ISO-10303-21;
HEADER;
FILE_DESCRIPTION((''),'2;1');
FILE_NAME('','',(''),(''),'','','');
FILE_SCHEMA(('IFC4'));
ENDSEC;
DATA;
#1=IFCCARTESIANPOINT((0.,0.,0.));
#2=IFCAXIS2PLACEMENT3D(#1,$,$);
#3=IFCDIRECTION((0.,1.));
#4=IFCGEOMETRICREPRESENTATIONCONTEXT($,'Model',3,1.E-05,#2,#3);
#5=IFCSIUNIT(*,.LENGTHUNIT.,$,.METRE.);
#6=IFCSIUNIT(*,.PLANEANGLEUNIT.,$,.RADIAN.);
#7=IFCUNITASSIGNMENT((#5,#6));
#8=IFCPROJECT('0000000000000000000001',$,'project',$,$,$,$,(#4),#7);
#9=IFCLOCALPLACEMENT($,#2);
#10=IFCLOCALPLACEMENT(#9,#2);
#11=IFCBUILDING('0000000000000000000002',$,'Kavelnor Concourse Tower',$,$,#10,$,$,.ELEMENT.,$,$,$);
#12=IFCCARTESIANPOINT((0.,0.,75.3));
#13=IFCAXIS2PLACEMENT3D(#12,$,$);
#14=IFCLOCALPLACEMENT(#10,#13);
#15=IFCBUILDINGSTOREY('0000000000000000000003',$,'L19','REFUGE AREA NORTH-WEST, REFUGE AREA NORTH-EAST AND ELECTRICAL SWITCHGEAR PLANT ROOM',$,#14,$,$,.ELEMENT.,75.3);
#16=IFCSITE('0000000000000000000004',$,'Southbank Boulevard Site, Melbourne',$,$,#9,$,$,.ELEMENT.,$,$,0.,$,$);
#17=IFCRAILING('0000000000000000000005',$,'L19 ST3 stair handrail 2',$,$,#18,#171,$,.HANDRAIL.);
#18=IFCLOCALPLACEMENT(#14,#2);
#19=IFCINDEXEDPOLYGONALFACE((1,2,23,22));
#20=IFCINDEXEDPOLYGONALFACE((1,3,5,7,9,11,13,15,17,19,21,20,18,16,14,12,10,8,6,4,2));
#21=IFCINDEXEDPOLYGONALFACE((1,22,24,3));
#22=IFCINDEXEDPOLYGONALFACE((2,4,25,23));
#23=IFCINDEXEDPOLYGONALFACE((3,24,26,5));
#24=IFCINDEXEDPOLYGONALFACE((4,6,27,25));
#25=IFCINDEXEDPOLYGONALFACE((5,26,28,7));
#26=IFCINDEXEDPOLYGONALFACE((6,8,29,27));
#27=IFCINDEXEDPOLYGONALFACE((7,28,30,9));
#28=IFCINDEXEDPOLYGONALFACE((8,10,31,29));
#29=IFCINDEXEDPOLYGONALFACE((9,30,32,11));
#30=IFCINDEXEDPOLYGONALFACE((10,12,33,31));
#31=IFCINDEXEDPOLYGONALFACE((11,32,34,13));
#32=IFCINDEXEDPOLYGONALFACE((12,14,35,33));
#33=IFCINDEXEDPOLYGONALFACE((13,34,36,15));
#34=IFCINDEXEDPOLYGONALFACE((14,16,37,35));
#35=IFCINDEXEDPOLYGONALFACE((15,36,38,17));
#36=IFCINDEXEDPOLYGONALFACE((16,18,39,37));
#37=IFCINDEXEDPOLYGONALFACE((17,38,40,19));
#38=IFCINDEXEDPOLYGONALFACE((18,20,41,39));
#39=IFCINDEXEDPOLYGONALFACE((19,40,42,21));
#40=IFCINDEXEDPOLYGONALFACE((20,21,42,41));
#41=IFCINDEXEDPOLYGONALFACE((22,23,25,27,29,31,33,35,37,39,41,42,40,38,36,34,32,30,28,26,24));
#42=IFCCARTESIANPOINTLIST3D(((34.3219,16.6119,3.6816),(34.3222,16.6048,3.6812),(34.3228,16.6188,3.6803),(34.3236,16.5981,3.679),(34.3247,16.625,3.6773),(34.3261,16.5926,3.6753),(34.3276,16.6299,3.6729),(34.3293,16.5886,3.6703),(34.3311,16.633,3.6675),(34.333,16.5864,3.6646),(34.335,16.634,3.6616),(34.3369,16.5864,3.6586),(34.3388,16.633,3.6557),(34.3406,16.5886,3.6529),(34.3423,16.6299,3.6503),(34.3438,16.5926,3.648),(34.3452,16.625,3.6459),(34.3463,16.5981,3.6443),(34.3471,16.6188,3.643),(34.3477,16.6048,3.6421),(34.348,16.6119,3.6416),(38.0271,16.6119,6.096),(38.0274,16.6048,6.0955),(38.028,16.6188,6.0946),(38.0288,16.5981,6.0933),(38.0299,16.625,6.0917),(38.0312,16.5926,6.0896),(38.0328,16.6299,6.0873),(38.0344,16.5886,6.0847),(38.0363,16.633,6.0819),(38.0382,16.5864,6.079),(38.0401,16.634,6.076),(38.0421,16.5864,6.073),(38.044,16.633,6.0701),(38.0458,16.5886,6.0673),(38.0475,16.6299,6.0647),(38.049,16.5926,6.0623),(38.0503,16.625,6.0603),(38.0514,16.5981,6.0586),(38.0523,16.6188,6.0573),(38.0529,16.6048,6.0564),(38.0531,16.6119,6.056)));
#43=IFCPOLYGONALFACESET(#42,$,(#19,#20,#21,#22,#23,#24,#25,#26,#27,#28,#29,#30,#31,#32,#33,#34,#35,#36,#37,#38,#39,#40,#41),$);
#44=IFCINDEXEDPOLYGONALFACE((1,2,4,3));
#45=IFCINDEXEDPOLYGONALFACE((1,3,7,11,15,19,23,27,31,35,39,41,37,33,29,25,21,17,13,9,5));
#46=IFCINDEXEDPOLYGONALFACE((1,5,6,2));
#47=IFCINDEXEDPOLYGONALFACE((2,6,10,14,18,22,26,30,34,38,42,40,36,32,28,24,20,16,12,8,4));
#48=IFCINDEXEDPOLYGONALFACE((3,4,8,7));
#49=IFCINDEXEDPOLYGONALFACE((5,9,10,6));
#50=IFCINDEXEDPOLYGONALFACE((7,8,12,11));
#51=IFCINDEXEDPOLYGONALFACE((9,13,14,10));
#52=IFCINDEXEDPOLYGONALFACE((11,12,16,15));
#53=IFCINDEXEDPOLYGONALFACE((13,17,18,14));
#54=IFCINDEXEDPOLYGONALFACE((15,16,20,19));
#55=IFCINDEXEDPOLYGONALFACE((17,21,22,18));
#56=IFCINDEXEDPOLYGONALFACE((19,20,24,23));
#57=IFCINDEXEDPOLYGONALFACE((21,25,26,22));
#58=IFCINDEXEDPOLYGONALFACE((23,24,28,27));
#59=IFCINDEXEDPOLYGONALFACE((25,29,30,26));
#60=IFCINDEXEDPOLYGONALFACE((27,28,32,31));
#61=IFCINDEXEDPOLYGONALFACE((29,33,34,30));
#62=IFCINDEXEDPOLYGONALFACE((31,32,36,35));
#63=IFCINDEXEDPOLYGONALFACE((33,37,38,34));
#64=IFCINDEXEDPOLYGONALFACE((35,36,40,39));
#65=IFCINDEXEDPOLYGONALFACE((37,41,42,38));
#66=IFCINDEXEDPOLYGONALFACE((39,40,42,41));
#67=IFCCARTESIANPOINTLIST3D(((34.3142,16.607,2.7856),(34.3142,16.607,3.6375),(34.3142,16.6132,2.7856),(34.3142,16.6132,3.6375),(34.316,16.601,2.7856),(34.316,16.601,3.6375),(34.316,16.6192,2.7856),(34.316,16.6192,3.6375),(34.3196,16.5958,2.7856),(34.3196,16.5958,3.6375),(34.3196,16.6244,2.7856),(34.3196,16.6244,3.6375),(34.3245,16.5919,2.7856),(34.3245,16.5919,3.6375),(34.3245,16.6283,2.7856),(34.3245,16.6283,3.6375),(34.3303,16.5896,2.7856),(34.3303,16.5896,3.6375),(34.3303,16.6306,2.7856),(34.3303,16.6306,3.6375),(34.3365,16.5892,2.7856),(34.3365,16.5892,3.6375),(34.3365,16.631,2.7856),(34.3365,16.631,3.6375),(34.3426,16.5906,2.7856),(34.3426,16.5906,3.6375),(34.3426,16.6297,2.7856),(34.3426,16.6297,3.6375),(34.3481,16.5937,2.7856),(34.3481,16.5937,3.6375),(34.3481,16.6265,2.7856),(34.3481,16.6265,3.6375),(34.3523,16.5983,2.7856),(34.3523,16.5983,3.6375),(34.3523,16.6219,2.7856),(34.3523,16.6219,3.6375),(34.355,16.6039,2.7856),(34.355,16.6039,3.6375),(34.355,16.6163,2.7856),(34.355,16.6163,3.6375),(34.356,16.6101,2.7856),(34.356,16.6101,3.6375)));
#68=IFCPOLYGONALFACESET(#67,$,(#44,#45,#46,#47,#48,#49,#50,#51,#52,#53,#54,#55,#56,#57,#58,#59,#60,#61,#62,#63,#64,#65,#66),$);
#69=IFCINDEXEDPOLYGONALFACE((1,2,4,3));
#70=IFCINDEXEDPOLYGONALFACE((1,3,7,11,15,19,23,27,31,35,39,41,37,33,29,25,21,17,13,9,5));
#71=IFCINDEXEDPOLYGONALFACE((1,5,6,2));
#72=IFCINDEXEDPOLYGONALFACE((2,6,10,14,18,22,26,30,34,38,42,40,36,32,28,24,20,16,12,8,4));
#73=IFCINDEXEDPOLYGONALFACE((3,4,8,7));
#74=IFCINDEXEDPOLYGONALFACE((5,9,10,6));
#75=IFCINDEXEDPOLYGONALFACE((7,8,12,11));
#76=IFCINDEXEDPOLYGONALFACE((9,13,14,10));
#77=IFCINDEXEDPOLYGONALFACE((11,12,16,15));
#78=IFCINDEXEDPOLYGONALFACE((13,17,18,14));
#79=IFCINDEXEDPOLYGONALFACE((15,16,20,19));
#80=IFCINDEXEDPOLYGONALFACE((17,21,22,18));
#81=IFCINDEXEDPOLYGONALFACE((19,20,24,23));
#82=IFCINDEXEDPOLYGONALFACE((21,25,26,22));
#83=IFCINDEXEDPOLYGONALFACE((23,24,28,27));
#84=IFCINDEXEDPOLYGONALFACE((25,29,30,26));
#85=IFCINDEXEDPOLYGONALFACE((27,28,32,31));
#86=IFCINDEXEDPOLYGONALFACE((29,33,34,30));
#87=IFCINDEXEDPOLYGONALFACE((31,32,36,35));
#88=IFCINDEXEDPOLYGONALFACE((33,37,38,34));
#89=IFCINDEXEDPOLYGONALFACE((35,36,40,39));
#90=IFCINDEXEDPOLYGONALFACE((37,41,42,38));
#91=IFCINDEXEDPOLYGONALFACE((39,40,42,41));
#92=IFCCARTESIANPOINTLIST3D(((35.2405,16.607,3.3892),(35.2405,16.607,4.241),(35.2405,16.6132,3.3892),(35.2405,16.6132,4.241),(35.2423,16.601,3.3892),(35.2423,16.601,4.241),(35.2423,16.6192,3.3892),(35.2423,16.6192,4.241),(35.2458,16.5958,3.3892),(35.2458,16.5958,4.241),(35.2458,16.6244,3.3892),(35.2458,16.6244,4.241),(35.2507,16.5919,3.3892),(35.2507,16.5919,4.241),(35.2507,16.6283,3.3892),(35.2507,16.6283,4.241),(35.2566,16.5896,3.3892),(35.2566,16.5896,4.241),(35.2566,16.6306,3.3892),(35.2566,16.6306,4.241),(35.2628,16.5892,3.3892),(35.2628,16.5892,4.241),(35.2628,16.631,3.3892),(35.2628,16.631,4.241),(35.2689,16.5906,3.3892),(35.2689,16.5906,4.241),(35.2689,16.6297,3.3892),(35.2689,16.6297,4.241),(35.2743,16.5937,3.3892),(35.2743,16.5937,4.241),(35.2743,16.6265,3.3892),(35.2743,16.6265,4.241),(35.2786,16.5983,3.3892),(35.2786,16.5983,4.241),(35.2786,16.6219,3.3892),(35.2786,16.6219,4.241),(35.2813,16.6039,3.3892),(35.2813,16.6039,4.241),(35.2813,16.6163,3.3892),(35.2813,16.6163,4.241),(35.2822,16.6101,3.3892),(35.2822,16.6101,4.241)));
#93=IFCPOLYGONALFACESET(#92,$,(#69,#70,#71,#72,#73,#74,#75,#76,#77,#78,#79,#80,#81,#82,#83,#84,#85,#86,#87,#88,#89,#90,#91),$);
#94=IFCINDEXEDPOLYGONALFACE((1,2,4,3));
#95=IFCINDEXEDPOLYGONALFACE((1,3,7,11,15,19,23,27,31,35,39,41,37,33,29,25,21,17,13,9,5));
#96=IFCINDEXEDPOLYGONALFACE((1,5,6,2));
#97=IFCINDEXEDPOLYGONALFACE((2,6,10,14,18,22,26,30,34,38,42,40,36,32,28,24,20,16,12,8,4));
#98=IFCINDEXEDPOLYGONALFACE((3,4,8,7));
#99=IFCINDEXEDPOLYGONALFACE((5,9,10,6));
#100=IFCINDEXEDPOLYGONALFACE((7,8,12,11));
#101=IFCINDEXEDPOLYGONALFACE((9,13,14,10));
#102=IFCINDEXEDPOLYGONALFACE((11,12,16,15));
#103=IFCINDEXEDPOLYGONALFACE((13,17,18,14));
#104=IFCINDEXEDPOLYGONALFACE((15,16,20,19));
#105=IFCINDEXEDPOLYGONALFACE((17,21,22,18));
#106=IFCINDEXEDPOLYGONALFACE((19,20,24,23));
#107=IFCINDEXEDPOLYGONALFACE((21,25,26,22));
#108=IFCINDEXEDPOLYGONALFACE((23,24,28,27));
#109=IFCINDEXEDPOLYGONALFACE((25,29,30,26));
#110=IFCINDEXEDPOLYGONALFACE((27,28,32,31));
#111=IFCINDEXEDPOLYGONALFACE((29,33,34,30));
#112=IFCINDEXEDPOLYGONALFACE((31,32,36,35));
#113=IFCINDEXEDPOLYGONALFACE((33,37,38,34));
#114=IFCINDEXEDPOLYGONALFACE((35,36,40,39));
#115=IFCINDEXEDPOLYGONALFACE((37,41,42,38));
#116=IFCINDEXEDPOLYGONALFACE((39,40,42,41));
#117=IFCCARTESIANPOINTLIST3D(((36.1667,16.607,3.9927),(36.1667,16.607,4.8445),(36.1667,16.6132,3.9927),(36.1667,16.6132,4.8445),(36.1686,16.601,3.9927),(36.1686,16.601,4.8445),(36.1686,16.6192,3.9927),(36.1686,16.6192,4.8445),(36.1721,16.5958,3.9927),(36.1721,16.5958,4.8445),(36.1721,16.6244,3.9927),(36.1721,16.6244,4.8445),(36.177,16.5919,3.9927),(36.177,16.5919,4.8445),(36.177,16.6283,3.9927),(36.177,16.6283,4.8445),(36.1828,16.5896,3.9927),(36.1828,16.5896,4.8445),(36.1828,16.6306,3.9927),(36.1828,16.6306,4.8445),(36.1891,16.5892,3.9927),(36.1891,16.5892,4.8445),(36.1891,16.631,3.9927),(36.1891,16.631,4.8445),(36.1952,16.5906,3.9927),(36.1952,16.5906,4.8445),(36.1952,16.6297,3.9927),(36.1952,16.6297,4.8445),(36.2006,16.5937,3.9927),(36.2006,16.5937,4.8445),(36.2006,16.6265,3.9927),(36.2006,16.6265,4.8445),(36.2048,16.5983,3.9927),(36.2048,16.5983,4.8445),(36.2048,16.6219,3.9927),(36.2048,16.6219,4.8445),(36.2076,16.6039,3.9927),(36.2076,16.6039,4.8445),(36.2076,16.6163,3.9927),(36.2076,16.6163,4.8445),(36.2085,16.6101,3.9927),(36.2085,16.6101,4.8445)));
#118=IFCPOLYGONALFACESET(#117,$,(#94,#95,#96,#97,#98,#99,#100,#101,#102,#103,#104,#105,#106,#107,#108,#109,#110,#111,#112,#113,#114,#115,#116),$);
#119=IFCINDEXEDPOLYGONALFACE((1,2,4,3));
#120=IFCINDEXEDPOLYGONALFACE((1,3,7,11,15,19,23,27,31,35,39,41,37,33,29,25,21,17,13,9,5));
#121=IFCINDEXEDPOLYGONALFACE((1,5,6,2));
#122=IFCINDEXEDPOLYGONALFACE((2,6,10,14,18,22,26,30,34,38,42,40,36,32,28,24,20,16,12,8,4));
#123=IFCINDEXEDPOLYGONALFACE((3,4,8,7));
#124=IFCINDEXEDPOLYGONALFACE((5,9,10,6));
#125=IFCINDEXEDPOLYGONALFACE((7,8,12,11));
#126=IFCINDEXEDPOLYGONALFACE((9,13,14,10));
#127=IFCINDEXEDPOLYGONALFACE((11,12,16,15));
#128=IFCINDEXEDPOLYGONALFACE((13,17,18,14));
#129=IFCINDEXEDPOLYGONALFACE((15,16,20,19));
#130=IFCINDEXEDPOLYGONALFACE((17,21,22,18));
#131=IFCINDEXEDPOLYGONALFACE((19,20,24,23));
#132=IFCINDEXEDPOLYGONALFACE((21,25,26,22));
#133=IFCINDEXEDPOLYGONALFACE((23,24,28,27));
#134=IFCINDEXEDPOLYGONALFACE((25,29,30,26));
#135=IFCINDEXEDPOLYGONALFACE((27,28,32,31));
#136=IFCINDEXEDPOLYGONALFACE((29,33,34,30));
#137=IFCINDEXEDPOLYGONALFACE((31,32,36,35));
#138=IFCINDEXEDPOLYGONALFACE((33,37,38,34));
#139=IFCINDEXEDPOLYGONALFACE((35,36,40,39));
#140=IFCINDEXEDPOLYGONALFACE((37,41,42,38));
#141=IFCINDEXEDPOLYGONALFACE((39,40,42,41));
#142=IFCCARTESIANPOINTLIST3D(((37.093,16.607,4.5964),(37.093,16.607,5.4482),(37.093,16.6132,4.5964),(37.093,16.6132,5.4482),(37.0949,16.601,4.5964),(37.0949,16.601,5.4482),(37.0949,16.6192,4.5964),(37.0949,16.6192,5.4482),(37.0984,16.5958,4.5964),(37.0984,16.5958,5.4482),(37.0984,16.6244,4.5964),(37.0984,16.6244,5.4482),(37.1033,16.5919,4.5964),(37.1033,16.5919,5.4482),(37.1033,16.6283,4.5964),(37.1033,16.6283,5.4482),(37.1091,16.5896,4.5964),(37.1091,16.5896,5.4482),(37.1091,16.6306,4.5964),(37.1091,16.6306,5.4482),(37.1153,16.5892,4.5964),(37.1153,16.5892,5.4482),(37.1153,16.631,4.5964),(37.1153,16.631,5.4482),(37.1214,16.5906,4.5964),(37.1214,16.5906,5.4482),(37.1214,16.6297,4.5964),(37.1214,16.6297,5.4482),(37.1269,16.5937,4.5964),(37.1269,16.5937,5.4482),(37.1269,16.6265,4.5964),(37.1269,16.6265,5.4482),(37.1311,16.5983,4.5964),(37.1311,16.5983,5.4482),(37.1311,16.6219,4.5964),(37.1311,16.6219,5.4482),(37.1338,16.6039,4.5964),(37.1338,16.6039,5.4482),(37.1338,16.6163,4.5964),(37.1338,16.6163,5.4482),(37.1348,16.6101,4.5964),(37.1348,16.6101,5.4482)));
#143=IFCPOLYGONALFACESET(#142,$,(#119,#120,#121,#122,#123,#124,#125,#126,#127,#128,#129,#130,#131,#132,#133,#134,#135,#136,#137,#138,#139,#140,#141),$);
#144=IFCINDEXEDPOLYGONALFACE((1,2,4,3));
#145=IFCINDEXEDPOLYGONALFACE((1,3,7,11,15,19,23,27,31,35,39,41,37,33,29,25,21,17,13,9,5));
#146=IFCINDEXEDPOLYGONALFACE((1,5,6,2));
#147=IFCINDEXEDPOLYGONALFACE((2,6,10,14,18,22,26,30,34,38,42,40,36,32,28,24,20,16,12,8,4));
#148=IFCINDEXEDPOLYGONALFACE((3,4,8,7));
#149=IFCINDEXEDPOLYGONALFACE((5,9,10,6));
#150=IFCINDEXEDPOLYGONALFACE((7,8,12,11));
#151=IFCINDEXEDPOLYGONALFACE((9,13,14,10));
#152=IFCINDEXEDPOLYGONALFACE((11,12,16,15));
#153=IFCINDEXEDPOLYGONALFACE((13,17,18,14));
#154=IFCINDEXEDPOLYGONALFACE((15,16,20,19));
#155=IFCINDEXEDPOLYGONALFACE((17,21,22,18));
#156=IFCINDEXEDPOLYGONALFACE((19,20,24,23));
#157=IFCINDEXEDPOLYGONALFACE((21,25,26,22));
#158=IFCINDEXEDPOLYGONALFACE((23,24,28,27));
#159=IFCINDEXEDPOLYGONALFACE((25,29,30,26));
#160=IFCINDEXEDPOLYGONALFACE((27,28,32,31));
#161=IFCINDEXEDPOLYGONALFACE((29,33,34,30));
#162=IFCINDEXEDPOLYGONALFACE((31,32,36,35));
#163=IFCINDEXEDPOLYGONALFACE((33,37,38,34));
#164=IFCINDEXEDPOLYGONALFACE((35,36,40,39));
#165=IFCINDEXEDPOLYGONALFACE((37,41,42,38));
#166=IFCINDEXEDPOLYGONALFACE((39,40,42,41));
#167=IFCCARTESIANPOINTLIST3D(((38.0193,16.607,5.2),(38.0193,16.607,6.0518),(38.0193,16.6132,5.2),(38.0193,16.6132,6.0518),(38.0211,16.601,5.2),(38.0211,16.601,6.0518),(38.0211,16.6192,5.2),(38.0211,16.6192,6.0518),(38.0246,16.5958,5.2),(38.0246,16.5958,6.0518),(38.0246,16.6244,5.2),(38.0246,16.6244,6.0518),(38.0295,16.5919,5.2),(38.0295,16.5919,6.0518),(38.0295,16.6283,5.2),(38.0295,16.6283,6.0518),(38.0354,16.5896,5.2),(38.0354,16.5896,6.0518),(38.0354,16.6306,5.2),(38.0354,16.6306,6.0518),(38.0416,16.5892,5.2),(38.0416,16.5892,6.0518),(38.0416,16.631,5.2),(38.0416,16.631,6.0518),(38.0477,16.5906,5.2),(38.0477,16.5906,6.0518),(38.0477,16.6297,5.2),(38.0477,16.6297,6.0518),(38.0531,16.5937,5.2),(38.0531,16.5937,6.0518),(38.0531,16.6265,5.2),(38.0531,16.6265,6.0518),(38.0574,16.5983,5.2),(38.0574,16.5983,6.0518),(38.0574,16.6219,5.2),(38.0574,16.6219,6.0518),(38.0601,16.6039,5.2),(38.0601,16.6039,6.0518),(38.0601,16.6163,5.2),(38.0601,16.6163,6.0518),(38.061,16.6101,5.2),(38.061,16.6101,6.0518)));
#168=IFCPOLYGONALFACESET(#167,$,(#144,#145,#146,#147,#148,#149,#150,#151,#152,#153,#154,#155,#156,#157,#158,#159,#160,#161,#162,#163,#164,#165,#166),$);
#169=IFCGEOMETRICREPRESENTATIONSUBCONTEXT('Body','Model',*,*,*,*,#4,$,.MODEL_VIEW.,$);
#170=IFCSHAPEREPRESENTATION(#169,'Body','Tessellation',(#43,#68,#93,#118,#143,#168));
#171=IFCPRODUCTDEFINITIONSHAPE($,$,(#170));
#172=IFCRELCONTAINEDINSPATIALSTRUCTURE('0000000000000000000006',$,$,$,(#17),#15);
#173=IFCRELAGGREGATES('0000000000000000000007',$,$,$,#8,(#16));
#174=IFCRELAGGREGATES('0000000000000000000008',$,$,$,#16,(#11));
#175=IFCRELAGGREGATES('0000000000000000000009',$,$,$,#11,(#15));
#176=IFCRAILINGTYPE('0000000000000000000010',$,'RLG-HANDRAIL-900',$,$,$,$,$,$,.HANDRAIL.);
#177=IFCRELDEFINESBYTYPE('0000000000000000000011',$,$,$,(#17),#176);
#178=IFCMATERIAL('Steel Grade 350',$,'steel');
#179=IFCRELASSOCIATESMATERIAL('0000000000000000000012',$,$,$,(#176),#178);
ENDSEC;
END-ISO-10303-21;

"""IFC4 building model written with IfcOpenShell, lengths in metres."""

from ifc_helpers import new_model, si_unit, direction, frame, origin, origin_2d, place, context, subcontext, project, spatial, circle, extrude, material, type_object, element, save


model = new_model("IFC4")

# Units and contexts
model_context = context("Model", 3, precision=1e-05, world=origin(), true_north=direction((0.0, 1.0)))
body_context = subcontext(model_context, "Body", "Model", "MODEL_VIEW")
ifc_project = project(units=[si_unit("LENGTHUNIT", "METRE"), si_unit("PLANEANGLEUNIT", "RADIAN")], contexts=[model_context])

# Site, building, storey
site_placement = place(None, origin())
site = spatial("IfcSite", under=ifc_project, at=site_placement, Name="Southbank Boulevard Site, Melbourne", CompositionType="ELEMENT", RefElevation=0.0)
building_placement = place(site_placement, origin())
building = spatial("IfcBuilding", under=site, at=building_placement, Name="Kavelnor Concourse Tower", CompositionType="ELEMENT")
storey_placement = place(building_placement, frame((0.0, 0.0, 75.3)))
storey = spatial("IfcBuildingStorey", under=building, at=storey_placement, Name="L19", Description="REFUGE AREA NORTH-WEST, REFUGE AREA NORTH-EAST AND ELECTRICAL SWITCHGEAR PLANT ROOM", CompositionType="ELEMENT", Elevation=75.3)

# Shared definitions
ifc_material_1 = material(Name="Steel Grade 350", Category="steel")

# Railing
railing_type_1 = type_object("IfcRailingType", Name="RLG-HANDRAIL-900", PredefinedType="HANDRAIL", material=ifc_material_1)
railing_1_placement = place(storey_placement, frame((34.335, 16.6101, 2.7856)))
element("IfcRailing", 1, at=railing_1_placement, inside=storey, type_object=railing_type_1, Name="L19 ST3 stair handrail 2", PredefinedType="HANDRAIL", context=body_context, shape_type="SweptSolid", body=[
    extrude(circle(Radius=0.0239, at=origin_2d()), frame((0.0, 0.0, 0.876), z_axis=(0.837823, 0.0, 0.545943), x_axis=(0.0, 1.0, 0.0)), (0.0, 0.0, 1.0), 4.4224),
    extrude(circle(Radius=0.021, at=origin_2d()), origin(), (0.0, 0.0, 1.0), 0.8518),
    extrude(circle(Radius=0.021, at=origin_2d()), frame((0.9263, 0.0, 0.6035)), (0.0, 0.0, 1.0), 0.8518),
    extrude(circle(Radius=0.021, at=origin_2d()), frame((1.8525, 0.0, 1.207)), (0.0, 0.0, 1.0), 0.8518),
    extrude(circle(Radius=0.021, at=origin_2d()), frame((2.7788, 0.0, 1.8108)), (0.0, 0.0, 1.0), 0.8518),
    extrude(circle(Radius=0.021, at=origin_2d()), frame((3.7051, 0.0, 2.4143)), (0.0, 0.0, 1.0), 0.8518),
])

save(model, "model.ifc")
